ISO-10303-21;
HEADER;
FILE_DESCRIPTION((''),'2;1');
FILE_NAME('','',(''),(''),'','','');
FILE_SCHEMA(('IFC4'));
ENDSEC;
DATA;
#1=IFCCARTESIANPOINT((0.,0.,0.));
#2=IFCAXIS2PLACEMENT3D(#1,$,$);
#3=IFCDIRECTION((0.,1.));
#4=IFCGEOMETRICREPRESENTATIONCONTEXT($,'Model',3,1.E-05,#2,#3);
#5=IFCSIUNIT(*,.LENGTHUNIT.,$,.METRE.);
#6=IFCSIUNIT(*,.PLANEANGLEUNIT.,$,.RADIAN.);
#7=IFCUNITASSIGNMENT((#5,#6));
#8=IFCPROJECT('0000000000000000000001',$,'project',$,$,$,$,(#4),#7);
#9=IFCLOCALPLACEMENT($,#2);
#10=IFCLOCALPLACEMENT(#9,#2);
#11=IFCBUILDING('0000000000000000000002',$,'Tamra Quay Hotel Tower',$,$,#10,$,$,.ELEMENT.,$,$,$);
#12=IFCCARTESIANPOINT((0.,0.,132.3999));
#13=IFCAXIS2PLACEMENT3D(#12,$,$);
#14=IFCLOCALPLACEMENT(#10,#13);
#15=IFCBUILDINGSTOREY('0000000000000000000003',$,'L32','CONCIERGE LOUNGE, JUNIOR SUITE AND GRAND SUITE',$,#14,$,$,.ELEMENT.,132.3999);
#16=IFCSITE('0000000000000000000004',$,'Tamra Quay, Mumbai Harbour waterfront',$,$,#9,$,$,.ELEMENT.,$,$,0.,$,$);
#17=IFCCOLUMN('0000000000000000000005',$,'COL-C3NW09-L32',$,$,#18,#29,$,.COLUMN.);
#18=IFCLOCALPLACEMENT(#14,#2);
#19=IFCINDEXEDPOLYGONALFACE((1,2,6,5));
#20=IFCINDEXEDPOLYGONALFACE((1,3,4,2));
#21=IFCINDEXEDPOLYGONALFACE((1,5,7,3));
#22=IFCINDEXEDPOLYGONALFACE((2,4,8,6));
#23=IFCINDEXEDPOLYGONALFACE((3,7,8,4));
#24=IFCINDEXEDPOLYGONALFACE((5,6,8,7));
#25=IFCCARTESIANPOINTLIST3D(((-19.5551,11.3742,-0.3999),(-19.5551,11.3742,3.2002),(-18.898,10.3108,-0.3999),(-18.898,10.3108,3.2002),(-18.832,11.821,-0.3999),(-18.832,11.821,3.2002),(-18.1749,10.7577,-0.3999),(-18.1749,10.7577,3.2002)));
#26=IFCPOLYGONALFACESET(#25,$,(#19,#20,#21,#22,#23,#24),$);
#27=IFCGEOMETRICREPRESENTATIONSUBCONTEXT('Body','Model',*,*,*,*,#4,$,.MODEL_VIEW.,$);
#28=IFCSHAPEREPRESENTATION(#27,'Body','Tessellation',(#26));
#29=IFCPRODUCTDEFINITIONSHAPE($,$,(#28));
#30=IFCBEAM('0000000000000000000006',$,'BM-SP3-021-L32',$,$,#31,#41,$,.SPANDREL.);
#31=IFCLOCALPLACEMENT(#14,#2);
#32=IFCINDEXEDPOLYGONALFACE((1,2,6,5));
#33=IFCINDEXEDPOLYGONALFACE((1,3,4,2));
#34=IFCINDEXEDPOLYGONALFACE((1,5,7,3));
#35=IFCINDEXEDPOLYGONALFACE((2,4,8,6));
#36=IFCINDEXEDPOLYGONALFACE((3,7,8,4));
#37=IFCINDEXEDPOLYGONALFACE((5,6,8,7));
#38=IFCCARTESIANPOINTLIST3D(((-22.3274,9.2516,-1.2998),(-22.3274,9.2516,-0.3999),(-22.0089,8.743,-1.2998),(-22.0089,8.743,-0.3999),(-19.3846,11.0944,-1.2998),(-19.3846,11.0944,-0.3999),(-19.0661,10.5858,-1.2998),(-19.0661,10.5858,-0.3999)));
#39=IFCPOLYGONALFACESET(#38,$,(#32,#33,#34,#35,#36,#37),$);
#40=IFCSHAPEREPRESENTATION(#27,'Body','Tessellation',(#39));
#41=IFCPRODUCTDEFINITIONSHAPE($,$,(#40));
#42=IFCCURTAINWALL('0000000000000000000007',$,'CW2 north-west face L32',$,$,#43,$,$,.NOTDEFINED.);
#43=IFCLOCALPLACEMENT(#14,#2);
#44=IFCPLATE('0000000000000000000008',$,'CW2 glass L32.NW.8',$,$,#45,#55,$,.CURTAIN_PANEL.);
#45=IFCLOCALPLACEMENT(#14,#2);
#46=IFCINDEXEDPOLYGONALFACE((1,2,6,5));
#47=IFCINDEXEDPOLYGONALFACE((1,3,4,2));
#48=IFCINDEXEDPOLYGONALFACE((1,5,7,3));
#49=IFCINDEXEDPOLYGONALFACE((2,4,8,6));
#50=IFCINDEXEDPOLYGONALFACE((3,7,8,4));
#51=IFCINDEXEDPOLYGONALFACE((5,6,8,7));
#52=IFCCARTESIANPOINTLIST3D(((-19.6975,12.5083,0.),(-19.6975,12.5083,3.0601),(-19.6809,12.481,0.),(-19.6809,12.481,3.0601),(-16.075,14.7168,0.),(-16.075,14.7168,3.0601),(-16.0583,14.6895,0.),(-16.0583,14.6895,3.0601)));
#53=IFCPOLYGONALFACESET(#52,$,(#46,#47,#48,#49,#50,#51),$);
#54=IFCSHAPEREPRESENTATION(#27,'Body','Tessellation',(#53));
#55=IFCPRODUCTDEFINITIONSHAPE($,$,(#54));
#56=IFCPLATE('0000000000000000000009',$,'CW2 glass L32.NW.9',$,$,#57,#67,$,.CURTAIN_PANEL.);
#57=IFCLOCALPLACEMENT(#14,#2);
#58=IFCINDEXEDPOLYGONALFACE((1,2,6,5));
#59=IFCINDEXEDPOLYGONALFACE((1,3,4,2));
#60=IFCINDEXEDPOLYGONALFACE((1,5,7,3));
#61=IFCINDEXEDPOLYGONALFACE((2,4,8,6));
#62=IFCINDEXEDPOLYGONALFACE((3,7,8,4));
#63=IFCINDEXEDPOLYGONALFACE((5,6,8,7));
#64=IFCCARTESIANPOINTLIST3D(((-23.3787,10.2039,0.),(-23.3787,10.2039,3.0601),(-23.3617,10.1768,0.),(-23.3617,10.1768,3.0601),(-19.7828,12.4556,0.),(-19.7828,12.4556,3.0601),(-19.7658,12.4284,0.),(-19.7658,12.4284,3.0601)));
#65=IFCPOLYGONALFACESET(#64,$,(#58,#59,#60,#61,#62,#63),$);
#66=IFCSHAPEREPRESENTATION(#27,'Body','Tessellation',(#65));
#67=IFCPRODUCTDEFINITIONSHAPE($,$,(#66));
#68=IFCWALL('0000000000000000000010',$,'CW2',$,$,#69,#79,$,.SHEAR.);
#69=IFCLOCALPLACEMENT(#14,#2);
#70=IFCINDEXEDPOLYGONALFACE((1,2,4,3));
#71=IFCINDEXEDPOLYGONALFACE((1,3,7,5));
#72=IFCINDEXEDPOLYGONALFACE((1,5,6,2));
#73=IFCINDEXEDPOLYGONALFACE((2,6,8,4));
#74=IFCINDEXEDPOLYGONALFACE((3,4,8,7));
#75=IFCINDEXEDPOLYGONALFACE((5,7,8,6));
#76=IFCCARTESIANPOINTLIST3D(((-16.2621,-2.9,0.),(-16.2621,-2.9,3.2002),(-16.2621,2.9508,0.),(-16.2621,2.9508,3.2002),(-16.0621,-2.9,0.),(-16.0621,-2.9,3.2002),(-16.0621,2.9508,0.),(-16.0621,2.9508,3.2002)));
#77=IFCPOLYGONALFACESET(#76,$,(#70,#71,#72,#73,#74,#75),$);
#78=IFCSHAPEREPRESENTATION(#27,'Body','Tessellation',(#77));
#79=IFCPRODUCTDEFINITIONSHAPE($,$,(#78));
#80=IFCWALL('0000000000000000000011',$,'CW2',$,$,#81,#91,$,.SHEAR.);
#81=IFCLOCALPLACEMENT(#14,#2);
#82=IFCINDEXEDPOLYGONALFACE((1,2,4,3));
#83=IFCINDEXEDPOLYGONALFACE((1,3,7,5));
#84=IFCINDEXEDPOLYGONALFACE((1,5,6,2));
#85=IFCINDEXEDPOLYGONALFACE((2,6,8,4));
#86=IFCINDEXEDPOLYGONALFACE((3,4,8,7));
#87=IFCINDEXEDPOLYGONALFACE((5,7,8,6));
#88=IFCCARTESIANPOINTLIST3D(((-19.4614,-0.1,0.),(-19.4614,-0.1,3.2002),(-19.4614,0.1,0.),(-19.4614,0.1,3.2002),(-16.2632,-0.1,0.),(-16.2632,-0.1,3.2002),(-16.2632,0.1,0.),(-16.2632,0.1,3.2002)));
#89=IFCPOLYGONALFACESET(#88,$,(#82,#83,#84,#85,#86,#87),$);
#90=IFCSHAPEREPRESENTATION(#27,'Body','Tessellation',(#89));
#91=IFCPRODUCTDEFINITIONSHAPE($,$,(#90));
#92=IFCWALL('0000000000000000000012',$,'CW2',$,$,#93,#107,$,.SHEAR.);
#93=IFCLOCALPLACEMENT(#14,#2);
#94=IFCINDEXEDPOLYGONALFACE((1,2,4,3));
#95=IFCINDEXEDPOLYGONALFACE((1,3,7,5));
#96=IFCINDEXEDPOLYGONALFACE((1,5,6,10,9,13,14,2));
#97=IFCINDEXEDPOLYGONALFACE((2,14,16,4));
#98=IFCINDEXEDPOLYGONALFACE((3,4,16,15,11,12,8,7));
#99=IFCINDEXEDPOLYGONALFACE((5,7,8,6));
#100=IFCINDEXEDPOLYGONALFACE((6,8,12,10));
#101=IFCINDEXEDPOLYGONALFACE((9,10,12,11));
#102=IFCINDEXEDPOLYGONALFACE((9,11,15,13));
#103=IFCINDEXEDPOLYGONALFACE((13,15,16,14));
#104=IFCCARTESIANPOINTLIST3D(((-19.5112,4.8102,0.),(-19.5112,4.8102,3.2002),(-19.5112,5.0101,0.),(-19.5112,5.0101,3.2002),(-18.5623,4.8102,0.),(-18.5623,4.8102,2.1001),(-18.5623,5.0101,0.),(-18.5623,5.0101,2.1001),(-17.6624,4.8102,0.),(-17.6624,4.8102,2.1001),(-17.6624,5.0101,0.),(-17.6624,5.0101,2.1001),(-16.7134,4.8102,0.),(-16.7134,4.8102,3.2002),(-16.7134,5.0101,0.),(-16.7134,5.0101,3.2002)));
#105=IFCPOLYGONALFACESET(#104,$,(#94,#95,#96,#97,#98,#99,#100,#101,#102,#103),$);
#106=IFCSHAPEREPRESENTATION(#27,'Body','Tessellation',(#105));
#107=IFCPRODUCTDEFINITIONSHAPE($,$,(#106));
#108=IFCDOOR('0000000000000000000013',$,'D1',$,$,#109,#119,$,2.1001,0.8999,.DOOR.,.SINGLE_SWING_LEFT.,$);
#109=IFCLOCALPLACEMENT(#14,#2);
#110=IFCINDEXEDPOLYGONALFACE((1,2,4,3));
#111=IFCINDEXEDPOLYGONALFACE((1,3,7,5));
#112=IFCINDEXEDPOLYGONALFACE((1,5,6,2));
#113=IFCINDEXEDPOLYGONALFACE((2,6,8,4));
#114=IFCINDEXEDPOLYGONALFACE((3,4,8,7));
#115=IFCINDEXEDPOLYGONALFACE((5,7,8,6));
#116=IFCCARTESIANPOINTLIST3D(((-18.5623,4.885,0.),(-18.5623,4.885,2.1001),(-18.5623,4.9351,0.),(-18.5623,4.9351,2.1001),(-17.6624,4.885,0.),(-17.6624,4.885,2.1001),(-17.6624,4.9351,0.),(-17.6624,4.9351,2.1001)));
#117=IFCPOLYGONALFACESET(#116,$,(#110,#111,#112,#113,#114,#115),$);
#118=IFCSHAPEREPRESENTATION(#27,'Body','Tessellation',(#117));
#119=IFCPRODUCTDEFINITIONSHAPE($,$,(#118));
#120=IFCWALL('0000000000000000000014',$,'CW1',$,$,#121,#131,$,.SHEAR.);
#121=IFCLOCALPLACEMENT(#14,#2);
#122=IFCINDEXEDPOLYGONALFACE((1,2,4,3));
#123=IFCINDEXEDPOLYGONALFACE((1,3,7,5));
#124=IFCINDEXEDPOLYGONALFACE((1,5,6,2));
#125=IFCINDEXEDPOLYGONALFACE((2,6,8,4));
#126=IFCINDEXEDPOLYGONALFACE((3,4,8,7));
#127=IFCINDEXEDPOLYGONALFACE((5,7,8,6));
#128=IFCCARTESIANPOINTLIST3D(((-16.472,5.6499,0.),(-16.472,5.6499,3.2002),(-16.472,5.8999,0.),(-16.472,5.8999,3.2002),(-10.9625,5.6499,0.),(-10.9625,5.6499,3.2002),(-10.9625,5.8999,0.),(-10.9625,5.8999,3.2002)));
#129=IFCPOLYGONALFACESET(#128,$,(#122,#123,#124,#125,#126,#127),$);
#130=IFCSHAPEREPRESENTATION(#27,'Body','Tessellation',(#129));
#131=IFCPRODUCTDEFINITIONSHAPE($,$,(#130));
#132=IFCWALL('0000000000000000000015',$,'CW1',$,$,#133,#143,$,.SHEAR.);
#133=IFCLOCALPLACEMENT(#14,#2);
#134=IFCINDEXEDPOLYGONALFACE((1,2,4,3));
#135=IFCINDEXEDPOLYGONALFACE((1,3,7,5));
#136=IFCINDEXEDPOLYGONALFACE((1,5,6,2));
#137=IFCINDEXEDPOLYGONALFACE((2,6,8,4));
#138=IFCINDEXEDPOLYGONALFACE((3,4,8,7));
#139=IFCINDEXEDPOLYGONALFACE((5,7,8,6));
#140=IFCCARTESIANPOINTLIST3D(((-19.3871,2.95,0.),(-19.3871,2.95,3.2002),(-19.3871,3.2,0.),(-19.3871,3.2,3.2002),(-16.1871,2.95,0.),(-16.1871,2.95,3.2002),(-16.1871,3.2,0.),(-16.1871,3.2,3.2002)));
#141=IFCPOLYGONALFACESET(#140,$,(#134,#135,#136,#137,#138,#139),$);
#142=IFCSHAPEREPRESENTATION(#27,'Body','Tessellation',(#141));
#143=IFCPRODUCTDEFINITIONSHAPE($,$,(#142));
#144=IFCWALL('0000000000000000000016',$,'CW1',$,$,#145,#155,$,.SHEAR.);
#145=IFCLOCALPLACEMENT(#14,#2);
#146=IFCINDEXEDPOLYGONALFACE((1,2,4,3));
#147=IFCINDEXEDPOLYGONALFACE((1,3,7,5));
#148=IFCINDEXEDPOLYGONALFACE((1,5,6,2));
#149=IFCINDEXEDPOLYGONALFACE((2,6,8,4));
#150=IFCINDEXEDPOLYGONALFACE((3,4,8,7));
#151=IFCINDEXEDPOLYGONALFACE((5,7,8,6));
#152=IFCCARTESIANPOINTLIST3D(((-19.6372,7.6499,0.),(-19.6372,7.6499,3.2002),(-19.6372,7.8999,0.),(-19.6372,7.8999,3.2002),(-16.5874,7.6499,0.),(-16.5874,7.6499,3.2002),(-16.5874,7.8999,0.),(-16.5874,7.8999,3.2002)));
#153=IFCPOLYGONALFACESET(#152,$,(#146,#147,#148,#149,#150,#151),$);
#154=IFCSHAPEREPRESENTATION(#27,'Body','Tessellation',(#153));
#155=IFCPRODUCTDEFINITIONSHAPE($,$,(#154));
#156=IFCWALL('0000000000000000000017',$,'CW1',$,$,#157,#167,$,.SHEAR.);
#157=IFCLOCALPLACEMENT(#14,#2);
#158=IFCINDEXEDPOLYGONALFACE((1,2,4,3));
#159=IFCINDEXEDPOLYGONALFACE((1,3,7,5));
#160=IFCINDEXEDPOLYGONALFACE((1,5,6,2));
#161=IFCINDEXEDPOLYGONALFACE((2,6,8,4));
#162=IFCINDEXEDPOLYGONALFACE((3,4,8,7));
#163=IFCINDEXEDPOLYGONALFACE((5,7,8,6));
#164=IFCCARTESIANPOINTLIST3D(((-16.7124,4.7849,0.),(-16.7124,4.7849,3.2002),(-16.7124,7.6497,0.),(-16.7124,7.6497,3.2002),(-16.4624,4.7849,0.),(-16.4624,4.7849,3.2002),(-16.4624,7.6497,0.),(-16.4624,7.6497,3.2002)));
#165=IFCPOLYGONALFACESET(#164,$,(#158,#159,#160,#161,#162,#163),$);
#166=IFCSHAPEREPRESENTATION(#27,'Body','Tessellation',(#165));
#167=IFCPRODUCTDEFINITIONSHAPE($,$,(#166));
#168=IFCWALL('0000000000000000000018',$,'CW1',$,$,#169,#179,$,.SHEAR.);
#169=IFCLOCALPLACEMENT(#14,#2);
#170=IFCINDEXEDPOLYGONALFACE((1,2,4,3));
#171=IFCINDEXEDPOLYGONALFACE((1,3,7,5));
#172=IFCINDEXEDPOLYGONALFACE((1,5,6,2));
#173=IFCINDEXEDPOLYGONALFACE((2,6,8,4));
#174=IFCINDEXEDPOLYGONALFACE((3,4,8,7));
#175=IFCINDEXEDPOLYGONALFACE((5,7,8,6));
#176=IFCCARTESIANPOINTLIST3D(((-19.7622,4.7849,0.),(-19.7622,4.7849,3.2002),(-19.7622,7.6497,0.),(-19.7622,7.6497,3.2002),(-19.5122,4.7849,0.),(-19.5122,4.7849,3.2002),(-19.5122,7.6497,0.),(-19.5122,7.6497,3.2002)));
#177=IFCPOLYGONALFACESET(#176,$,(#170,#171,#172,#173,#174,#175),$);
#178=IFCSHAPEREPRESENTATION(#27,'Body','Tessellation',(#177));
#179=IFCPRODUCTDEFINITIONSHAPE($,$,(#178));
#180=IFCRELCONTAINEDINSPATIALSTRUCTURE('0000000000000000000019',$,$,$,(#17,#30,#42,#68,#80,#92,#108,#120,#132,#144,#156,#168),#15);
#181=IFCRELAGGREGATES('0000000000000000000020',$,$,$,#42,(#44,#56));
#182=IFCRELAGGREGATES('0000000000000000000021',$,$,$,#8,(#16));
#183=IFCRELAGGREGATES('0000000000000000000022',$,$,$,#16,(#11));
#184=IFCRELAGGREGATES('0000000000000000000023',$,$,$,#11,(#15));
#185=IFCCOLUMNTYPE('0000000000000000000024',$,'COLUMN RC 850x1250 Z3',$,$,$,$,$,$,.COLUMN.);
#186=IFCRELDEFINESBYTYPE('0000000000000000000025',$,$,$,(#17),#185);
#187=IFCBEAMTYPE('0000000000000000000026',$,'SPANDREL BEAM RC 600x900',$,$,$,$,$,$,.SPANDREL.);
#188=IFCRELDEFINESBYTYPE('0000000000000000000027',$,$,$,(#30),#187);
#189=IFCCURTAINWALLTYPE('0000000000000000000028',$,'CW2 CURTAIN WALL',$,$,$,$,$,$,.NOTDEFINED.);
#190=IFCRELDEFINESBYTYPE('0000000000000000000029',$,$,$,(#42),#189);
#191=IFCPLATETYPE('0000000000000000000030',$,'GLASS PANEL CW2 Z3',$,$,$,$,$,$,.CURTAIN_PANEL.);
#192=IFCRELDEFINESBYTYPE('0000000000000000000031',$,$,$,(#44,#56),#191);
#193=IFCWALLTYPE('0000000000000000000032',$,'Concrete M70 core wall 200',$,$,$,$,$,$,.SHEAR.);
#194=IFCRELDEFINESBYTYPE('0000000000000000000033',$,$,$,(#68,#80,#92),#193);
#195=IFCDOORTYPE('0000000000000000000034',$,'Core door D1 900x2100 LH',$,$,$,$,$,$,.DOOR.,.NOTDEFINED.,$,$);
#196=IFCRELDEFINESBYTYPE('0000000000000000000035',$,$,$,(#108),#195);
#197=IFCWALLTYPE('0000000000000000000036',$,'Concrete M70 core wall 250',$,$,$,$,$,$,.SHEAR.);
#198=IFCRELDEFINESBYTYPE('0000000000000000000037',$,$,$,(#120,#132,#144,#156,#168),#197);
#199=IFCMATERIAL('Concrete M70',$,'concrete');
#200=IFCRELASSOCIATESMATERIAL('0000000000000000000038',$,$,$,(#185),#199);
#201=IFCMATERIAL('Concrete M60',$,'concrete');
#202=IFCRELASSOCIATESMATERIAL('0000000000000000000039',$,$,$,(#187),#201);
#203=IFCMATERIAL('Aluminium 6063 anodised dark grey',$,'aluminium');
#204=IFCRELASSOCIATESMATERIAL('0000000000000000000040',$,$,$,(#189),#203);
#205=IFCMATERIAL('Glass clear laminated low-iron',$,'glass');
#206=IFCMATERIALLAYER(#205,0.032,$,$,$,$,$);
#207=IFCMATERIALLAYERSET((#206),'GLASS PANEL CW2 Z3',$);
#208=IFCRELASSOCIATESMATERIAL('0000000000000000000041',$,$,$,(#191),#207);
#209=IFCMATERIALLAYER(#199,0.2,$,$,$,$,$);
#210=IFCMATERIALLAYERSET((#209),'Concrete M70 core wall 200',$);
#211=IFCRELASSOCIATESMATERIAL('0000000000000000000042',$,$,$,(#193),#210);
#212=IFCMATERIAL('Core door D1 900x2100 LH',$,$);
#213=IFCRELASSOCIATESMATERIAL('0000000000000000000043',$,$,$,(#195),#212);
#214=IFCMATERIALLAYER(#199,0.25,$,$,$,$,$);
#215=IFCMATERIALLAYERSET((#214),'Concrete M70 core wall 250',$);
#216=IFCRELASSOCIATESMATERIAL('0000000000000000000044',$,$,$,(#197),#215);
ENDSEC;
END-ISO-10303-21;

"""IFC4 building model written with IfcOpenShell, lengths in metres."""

from ifc_helpers import new_model, si_unit, direction, frame, frame_2d, origin, origin_2d, place, context, subcontext, project, spatial, rectangle, extrude, material, layer, layer_set, material_profile, profile_set, type_object, element, fill, aggregate, save


model = new_model("IFC4")

# Units and contexts
model_context = context("Model", 3, precision=1e-05, world=origin(), true_north=direction((0.0, 1.0)))
body_context = subcontext(model_context, "Body", "Model", "MODEL_VIEW")
ifc_project = project(units=[si_unit("LENGTHUNIT", "METRE"), si_unit("PLANEANGLEUNIT", "RADIAN")], contexts=[model_context])

# Site, building, storey
site_placement = place(None, origin())
site = spatial("IfcSite", under=ifc_project, at=site_placement, Name="Tamra Quay, Mumbai Harbour waterfront", CompositionType="ELEMENT", RefElevation=0.0)
building_placement = place(site_placement, origin())
building = spatial("IfcBuilding", under=site, at=building_placement, Name="Tamra Quay Hotel Tower", CompositionType="ELEMENT")
storey_placement = place(building_placement, frame((0.0, 0.0, 132.3999)))
storey = spatial("IfcBuildingStorey", under=building, at=storey_placement, Name="L32", Description="CONCIERGE LOUNGE, JUNIOR SUITE AND GRAND SUITE", CompositionType="ELEMENT", Elevation=132.3999)

# Column
ifc_material_1 = material(Name="Concrete M70", Category="concrete")
ifc_material_profile_1 = material_profile(ifc_material_1, rectangle(XDim=1.25, YDim=0.8501, at=origin_2d()), Name="COLUMN RC 850x1250 Z3")
ifc_profile_set_1 = profile_set([ifc_material_profile_1], Name="Concrete M70")
column_type = type_object("IfcColumnType", Name="COLUMN RC 850x1250 Z3", PredefinedType="COLUMN", material=ifc_profile_set_1)
column_placement = place(storey_placement, frame((-18.865, 11.0659, -0.3999), z_axis=(0.0, 0.0, 1.0), x_axis=(-0.525677, 0.850685, 0.0)))
element("IfcColumn", 1, at=column_placement, inside=storey, type_object=column_type, Name="COL-C3NW09-L32", PredefinedType="COLUMN", context=body_context, shape_type="SweptSolid", body=[
    extrude(rectangle(XDim=1.25, YDim=0.8501, at=origin_2d()), origin(), (0.0, 0.0, 1.0), 3.6001),
])

# Beam
ifc_material_2 = material(Name="Concrete M60", Category="concrete")
ifc_material_profile_2 = material_profile(ifc_material_2, rectangle(XDim=0.6001, YDim=0.8999, at=origin_2d()), Name="SPANDREL BEAM RC 600x900")
ifc_profile_set_2 = profile_set([ifc_material_profile_2], Name="Concrete M60")
beam_type = type_object("IfcBeamType", Name="SPANDREL BEAM RC 600x900", PredefinedType="SPANDREL", material=ifc_profile_set_2)
beam_placement = place(storey_placement, frame((-19.2253, 10.8401, -0.8499), z_axis=(-0.847548, -0.530719, 0.0), x_axis=(0.530719, -0.847548, 0.0)))
element("IfcBeam", 2, at=beam_placement, inside=storey, type_object=beam_type, Name="BM-SP3-021-L32", PredefinedType="SPANDREL", context=body_context, shape_type="SweptSolid", body=[
    extrude(rectangle(XDim=0.6001, YDim=0.8999, at=origin_2d()), origin(), (0.0, 0.0, 1.0), 3.4722),
])

# Curtain wall, plates
ifc_material_3 = material(Name="Aluminium 6063 anodised dark grey", Category="aluminium")
curtain_wall_type = type_object("IfcCurtainWallType", Name="CW2 CURTAIN WALL", PredefinedType="NOTDEFINED", material=ifc_material_3)
curtain_wall_placement = place(storey_placement, origin())
curtain_wall = element("IfcCurtainWall", 3, at=curtain_wall_placement, inside=storey, type_object=curtain_wall_type, Name="CW2 north-west face L32", PredefinedType="NOTDEFINED")
ifc_material_4 = material(Name="Glass clear laminated low-iron", Category="glass")
ifc_layer_1 = layer(ifc_material_4, 0.032)
ifc_layer_set_1 = layer_set([ifc_layer_1], Name="GLASS PANEL CW2 Z3")
plate_type = type_object("IfcPlateType", Name="GLASS PANEL CW2 Z3", PredefinedType="CURTAIN_PANEL", material=ifc_layer_set_1)
plate_1_placement = place(storey_placement, frame((-17.8779, 13.5989, 0.0), z_axis=(0.0, 0.0, 1.0), x_axis=(-0.85383, -0.520552, 0.0)))
plate_1 = element("IfcPlate", 4, at=plate_1_placement, type_object=plate_type, Name="CW2 glass L32.NW.8", PredefinedType="CURTAIN_PANEL", context=body_context, shape_type="SweptSolid", body=[
    extrude(rectangle(XDim=4.2427, YDim=0.032, at=origin_2d()), origin(), (0.0, 0.0, 1.0), 3.0601),
])
plate_2_placement = place(storey_placement, frame((-21.5723, 11.3162, 0.0), z_axis=(0.0, 0.0, 1.0), x_axis=(-0.847546, -0.530721, 0.0)))
plate_2 = element("IfcPlate", 5, at=plate_2_placement, type_object=plate_type, Name="CW2 glass L32.NW.9", PredefinedType="CURTAIN_PANEL", context=body_context, shape_type="SweptSolid", body=[
    extrude(rectangle(XDim=4.2427, YDim=0.032, at=origin_2d()), origin(), (0.0, 0.0, 1.0), 3.0601),
])
aggregate(curtain_wall, [plate_1, plate_2])

# Walls
ifc_layer_2 = layer(ifc_material_1, 0.2)
ifc_layer_set_2 = layer_set([ifc_layer_2], Name="Concrete M70 core wall 200")
wall_type_1 = type_object("IfcWallType", Name="Concrete M70 core wall 200", PredefinedType="SHEAR", material=ifc_layer_set_2)
wall_1_placement = place(storey_placement, frame((-16.1621, 2.9507, 0.0), z_axis=(0.0, 0.0, 1.0), x_axis=(0.0, -1.0, 0.0)))
element("IfcWall", 6, at=wall_1_placement, inside=storey, type_object=wall_type_1, Name="CW2", PredefinedType="SHEAR", context=body_context, shape_type="SweptSolid", body=[
    extrude(rectangle(XDim=5.8508, YDim=0.2, at=frame_2d((2.9253, 0.0))), origin(), (0.0, 0.0, 1.0), 3.2002),
])
wall_2_placement = place(storey_placement, frame((-16.2632, 0.0, 0.0), z_axis=(0.0, 0.0, 1.0), x_axis=(-1.0, 0.0, 0.0)))
element("IfcWall", 7, at=wall_2_placement, inside=storey, type_object=wall_type_1, Name="CW2", PredefinedType="SHEAR", context=body_context, shape_type="SweptSolid", body=[
    extrude(rectangle(XDim=3.1982, YDim=0.2, at=frame_2d((1.5991, 0.0))), origin(), (0.0, 0.0, 1.0), 3.2002),
])

# Wall, opening, door
wall_3_placement = place(storey_placement, frame((-19.5112, 4.9102, 0.0), z_axis=(0.0, 0.0, 1.0), x_axis=(1.0, 0.0, 0.0)))
wall_3 = element("IfcWall", 8, at=wall_3_placement, inside=storey, type_object=wall_type_1, Name="CW2", PredefinedType="SHEAR", context=body_context, shape_type="SweptSolid", body=[
    extrude(rectangle(XDim=2.7979, YDim=0.2, at=frame_2d((1.3989, 0.0))), origin(), (0.0, 0.0, 1.0), 3.2002),
])
opening_1_placement = place(wall_3_placement, frame((0.949, 0.0, 0.0)))
opening_1 = element("IfcOpeningElement", 9, at=opening_1_placement, cuts=wall_3, PredefinedType="OPENING", context=body_context, shape_type="SweptSolid", body=[
    extrude(rectangle(XDim=0.8999, YDim=2.1001, at=frame_2d((0.45, 1.05))), frame((0.0, 0.1099, 0.0), z_axis=(0.0, -1.0, 0.0), x_axis=(1.0, 0.0, 0.0)), (0.0, 0.0, 1.0), 0.22),
])
ifc_material_5 = material(Name="Core door D1 900x2100 LH")
door_type_1 = type_object("IfcDoorType", Name="Core door D1 900x2100 LH", OperationType="NOTDEFINED", PredefinedType="DOOR", material=ifc_material_5)
door_1_placement = place(opening_1_placement, origin())
door_1 = element("IfcDoor", 10, at=door_1_placement, inside=storey, type_object=door_type_1, Name="D1", OperationType="SINGLE_SWING_LEFT", OverallHeight=2.1001, OverallWidth=0.8999, PredefinedType="DOOR", context=body_context, shape_type="SweptSolid", body=[
    extrude(rectangle(XDim=0.8999, YDim=2.1001, at=frame_2d((0.45, 1.05))), frame((0.0, 0.0249, 0.0), z_axis=(0.0, -1.0, 0.0), x_axis=(1.0, 0.0, 0.0)), (0.0, 0.0, 1.0), 0.05),
])
fill(opening_1, door_1)

# Walls
ifc_layer_3 = layer(ifc_material_1, 0.25)
ifc_layer_set_3 = layer_set([ifc_layer_3], Name="Concrete M70 core wall 250")
wall_type_2 = type_object("IfcWallType", Name="Concrete M70 core wall 250", PredefinedType="SHEAR", material=ifc_layer_set_3)
wall_4_placement = place(storey_placement, frame((-16.4722, 5.7749, 0.0), z_axis=(0.0, 0.0, 1.0), x_axis=(1.0, 0.0, 0.0)))
element("IfcWall", 11, at=wall_4_placement, inside=storey, type_object=wall_type_2, Name="CW1", PredefinedType="SHEAR", context=body_context, shape_type="SweptSolid", body=[
    extrude(rectangle(XDim=5.5095, YDim=0.25, at=frame_2d((2.7549, 0.0))), origin(), (0.0, 0.0, 1.0), 3.2002),
])
wall_5_placement = place(storey_placement, frame((-19.3872, 3.075, 0.0), z_axis=(0.0, 0.0, 1.0), x_axis=(1.0, 0.0, 0.0)))
element("IfcWall", 12, at=wall_5_placement, inside=storey, type_object=wall_type_2, Name="CW1", PredefinedType="SHEAR", context=body_context, shape_type="SweptSolid", body=[
    extrude(rectangle(XDim=3.2, YDim=0.25, at=frame_2d((1.6001, 0.0))), origin(), (0.0, 0.0, 1.0), 3.2002),
])
wall_6_placement = place(storey_placement, frame((-19.6372, 7.7749, 0.0), z_axis=(0.0, 0.0, 1.0), x_axis=(1.0, 0.0, 0.0)))
element("IfcWall", 13, at=wall_6_placement, inside=storey, type_object=wall_type_2, Name="CW1", PredefinedType="SHEAR", context=body_context, shape_type="SweptSolid", body=[
    extrude(rectangle(XDim=3.0498, YDim=0.25, at=frame_2d((1.5249, 0.0))), origin(), (0.0, 0.0, 1.0), 3.2002),
])
for number, where, z_axis, x_axis, name in (
    (14, (-16.5874, 7.6497, 0.0), (0.0, 0.0, 1.0), (0.0, -1.0, 0.0), "CW1"),
    (15, (-19.6372, 4.7849, 0.0), (0.0, 0.0, 1.0), (0.0, 1.0, 0.0), "CW1"),
):
    element("IfcWall", number, at=place(storey_placement, frame(where, z_axis=z_axis, x_axis=x_axis)), inside=storey, type_object=wall_type_2, Name=name, PredefinedType="SHEAR", context=body_context, shape_type="SweptSolid", body=[
        extrude(rectangle(XDim=2.8647, YDim=0.25, at=frame_2d((1.4324, 0.0))), origin(), (0.0, 0.0, 1.0), 3.2002),
    ])

save(model, "model.ifc")
